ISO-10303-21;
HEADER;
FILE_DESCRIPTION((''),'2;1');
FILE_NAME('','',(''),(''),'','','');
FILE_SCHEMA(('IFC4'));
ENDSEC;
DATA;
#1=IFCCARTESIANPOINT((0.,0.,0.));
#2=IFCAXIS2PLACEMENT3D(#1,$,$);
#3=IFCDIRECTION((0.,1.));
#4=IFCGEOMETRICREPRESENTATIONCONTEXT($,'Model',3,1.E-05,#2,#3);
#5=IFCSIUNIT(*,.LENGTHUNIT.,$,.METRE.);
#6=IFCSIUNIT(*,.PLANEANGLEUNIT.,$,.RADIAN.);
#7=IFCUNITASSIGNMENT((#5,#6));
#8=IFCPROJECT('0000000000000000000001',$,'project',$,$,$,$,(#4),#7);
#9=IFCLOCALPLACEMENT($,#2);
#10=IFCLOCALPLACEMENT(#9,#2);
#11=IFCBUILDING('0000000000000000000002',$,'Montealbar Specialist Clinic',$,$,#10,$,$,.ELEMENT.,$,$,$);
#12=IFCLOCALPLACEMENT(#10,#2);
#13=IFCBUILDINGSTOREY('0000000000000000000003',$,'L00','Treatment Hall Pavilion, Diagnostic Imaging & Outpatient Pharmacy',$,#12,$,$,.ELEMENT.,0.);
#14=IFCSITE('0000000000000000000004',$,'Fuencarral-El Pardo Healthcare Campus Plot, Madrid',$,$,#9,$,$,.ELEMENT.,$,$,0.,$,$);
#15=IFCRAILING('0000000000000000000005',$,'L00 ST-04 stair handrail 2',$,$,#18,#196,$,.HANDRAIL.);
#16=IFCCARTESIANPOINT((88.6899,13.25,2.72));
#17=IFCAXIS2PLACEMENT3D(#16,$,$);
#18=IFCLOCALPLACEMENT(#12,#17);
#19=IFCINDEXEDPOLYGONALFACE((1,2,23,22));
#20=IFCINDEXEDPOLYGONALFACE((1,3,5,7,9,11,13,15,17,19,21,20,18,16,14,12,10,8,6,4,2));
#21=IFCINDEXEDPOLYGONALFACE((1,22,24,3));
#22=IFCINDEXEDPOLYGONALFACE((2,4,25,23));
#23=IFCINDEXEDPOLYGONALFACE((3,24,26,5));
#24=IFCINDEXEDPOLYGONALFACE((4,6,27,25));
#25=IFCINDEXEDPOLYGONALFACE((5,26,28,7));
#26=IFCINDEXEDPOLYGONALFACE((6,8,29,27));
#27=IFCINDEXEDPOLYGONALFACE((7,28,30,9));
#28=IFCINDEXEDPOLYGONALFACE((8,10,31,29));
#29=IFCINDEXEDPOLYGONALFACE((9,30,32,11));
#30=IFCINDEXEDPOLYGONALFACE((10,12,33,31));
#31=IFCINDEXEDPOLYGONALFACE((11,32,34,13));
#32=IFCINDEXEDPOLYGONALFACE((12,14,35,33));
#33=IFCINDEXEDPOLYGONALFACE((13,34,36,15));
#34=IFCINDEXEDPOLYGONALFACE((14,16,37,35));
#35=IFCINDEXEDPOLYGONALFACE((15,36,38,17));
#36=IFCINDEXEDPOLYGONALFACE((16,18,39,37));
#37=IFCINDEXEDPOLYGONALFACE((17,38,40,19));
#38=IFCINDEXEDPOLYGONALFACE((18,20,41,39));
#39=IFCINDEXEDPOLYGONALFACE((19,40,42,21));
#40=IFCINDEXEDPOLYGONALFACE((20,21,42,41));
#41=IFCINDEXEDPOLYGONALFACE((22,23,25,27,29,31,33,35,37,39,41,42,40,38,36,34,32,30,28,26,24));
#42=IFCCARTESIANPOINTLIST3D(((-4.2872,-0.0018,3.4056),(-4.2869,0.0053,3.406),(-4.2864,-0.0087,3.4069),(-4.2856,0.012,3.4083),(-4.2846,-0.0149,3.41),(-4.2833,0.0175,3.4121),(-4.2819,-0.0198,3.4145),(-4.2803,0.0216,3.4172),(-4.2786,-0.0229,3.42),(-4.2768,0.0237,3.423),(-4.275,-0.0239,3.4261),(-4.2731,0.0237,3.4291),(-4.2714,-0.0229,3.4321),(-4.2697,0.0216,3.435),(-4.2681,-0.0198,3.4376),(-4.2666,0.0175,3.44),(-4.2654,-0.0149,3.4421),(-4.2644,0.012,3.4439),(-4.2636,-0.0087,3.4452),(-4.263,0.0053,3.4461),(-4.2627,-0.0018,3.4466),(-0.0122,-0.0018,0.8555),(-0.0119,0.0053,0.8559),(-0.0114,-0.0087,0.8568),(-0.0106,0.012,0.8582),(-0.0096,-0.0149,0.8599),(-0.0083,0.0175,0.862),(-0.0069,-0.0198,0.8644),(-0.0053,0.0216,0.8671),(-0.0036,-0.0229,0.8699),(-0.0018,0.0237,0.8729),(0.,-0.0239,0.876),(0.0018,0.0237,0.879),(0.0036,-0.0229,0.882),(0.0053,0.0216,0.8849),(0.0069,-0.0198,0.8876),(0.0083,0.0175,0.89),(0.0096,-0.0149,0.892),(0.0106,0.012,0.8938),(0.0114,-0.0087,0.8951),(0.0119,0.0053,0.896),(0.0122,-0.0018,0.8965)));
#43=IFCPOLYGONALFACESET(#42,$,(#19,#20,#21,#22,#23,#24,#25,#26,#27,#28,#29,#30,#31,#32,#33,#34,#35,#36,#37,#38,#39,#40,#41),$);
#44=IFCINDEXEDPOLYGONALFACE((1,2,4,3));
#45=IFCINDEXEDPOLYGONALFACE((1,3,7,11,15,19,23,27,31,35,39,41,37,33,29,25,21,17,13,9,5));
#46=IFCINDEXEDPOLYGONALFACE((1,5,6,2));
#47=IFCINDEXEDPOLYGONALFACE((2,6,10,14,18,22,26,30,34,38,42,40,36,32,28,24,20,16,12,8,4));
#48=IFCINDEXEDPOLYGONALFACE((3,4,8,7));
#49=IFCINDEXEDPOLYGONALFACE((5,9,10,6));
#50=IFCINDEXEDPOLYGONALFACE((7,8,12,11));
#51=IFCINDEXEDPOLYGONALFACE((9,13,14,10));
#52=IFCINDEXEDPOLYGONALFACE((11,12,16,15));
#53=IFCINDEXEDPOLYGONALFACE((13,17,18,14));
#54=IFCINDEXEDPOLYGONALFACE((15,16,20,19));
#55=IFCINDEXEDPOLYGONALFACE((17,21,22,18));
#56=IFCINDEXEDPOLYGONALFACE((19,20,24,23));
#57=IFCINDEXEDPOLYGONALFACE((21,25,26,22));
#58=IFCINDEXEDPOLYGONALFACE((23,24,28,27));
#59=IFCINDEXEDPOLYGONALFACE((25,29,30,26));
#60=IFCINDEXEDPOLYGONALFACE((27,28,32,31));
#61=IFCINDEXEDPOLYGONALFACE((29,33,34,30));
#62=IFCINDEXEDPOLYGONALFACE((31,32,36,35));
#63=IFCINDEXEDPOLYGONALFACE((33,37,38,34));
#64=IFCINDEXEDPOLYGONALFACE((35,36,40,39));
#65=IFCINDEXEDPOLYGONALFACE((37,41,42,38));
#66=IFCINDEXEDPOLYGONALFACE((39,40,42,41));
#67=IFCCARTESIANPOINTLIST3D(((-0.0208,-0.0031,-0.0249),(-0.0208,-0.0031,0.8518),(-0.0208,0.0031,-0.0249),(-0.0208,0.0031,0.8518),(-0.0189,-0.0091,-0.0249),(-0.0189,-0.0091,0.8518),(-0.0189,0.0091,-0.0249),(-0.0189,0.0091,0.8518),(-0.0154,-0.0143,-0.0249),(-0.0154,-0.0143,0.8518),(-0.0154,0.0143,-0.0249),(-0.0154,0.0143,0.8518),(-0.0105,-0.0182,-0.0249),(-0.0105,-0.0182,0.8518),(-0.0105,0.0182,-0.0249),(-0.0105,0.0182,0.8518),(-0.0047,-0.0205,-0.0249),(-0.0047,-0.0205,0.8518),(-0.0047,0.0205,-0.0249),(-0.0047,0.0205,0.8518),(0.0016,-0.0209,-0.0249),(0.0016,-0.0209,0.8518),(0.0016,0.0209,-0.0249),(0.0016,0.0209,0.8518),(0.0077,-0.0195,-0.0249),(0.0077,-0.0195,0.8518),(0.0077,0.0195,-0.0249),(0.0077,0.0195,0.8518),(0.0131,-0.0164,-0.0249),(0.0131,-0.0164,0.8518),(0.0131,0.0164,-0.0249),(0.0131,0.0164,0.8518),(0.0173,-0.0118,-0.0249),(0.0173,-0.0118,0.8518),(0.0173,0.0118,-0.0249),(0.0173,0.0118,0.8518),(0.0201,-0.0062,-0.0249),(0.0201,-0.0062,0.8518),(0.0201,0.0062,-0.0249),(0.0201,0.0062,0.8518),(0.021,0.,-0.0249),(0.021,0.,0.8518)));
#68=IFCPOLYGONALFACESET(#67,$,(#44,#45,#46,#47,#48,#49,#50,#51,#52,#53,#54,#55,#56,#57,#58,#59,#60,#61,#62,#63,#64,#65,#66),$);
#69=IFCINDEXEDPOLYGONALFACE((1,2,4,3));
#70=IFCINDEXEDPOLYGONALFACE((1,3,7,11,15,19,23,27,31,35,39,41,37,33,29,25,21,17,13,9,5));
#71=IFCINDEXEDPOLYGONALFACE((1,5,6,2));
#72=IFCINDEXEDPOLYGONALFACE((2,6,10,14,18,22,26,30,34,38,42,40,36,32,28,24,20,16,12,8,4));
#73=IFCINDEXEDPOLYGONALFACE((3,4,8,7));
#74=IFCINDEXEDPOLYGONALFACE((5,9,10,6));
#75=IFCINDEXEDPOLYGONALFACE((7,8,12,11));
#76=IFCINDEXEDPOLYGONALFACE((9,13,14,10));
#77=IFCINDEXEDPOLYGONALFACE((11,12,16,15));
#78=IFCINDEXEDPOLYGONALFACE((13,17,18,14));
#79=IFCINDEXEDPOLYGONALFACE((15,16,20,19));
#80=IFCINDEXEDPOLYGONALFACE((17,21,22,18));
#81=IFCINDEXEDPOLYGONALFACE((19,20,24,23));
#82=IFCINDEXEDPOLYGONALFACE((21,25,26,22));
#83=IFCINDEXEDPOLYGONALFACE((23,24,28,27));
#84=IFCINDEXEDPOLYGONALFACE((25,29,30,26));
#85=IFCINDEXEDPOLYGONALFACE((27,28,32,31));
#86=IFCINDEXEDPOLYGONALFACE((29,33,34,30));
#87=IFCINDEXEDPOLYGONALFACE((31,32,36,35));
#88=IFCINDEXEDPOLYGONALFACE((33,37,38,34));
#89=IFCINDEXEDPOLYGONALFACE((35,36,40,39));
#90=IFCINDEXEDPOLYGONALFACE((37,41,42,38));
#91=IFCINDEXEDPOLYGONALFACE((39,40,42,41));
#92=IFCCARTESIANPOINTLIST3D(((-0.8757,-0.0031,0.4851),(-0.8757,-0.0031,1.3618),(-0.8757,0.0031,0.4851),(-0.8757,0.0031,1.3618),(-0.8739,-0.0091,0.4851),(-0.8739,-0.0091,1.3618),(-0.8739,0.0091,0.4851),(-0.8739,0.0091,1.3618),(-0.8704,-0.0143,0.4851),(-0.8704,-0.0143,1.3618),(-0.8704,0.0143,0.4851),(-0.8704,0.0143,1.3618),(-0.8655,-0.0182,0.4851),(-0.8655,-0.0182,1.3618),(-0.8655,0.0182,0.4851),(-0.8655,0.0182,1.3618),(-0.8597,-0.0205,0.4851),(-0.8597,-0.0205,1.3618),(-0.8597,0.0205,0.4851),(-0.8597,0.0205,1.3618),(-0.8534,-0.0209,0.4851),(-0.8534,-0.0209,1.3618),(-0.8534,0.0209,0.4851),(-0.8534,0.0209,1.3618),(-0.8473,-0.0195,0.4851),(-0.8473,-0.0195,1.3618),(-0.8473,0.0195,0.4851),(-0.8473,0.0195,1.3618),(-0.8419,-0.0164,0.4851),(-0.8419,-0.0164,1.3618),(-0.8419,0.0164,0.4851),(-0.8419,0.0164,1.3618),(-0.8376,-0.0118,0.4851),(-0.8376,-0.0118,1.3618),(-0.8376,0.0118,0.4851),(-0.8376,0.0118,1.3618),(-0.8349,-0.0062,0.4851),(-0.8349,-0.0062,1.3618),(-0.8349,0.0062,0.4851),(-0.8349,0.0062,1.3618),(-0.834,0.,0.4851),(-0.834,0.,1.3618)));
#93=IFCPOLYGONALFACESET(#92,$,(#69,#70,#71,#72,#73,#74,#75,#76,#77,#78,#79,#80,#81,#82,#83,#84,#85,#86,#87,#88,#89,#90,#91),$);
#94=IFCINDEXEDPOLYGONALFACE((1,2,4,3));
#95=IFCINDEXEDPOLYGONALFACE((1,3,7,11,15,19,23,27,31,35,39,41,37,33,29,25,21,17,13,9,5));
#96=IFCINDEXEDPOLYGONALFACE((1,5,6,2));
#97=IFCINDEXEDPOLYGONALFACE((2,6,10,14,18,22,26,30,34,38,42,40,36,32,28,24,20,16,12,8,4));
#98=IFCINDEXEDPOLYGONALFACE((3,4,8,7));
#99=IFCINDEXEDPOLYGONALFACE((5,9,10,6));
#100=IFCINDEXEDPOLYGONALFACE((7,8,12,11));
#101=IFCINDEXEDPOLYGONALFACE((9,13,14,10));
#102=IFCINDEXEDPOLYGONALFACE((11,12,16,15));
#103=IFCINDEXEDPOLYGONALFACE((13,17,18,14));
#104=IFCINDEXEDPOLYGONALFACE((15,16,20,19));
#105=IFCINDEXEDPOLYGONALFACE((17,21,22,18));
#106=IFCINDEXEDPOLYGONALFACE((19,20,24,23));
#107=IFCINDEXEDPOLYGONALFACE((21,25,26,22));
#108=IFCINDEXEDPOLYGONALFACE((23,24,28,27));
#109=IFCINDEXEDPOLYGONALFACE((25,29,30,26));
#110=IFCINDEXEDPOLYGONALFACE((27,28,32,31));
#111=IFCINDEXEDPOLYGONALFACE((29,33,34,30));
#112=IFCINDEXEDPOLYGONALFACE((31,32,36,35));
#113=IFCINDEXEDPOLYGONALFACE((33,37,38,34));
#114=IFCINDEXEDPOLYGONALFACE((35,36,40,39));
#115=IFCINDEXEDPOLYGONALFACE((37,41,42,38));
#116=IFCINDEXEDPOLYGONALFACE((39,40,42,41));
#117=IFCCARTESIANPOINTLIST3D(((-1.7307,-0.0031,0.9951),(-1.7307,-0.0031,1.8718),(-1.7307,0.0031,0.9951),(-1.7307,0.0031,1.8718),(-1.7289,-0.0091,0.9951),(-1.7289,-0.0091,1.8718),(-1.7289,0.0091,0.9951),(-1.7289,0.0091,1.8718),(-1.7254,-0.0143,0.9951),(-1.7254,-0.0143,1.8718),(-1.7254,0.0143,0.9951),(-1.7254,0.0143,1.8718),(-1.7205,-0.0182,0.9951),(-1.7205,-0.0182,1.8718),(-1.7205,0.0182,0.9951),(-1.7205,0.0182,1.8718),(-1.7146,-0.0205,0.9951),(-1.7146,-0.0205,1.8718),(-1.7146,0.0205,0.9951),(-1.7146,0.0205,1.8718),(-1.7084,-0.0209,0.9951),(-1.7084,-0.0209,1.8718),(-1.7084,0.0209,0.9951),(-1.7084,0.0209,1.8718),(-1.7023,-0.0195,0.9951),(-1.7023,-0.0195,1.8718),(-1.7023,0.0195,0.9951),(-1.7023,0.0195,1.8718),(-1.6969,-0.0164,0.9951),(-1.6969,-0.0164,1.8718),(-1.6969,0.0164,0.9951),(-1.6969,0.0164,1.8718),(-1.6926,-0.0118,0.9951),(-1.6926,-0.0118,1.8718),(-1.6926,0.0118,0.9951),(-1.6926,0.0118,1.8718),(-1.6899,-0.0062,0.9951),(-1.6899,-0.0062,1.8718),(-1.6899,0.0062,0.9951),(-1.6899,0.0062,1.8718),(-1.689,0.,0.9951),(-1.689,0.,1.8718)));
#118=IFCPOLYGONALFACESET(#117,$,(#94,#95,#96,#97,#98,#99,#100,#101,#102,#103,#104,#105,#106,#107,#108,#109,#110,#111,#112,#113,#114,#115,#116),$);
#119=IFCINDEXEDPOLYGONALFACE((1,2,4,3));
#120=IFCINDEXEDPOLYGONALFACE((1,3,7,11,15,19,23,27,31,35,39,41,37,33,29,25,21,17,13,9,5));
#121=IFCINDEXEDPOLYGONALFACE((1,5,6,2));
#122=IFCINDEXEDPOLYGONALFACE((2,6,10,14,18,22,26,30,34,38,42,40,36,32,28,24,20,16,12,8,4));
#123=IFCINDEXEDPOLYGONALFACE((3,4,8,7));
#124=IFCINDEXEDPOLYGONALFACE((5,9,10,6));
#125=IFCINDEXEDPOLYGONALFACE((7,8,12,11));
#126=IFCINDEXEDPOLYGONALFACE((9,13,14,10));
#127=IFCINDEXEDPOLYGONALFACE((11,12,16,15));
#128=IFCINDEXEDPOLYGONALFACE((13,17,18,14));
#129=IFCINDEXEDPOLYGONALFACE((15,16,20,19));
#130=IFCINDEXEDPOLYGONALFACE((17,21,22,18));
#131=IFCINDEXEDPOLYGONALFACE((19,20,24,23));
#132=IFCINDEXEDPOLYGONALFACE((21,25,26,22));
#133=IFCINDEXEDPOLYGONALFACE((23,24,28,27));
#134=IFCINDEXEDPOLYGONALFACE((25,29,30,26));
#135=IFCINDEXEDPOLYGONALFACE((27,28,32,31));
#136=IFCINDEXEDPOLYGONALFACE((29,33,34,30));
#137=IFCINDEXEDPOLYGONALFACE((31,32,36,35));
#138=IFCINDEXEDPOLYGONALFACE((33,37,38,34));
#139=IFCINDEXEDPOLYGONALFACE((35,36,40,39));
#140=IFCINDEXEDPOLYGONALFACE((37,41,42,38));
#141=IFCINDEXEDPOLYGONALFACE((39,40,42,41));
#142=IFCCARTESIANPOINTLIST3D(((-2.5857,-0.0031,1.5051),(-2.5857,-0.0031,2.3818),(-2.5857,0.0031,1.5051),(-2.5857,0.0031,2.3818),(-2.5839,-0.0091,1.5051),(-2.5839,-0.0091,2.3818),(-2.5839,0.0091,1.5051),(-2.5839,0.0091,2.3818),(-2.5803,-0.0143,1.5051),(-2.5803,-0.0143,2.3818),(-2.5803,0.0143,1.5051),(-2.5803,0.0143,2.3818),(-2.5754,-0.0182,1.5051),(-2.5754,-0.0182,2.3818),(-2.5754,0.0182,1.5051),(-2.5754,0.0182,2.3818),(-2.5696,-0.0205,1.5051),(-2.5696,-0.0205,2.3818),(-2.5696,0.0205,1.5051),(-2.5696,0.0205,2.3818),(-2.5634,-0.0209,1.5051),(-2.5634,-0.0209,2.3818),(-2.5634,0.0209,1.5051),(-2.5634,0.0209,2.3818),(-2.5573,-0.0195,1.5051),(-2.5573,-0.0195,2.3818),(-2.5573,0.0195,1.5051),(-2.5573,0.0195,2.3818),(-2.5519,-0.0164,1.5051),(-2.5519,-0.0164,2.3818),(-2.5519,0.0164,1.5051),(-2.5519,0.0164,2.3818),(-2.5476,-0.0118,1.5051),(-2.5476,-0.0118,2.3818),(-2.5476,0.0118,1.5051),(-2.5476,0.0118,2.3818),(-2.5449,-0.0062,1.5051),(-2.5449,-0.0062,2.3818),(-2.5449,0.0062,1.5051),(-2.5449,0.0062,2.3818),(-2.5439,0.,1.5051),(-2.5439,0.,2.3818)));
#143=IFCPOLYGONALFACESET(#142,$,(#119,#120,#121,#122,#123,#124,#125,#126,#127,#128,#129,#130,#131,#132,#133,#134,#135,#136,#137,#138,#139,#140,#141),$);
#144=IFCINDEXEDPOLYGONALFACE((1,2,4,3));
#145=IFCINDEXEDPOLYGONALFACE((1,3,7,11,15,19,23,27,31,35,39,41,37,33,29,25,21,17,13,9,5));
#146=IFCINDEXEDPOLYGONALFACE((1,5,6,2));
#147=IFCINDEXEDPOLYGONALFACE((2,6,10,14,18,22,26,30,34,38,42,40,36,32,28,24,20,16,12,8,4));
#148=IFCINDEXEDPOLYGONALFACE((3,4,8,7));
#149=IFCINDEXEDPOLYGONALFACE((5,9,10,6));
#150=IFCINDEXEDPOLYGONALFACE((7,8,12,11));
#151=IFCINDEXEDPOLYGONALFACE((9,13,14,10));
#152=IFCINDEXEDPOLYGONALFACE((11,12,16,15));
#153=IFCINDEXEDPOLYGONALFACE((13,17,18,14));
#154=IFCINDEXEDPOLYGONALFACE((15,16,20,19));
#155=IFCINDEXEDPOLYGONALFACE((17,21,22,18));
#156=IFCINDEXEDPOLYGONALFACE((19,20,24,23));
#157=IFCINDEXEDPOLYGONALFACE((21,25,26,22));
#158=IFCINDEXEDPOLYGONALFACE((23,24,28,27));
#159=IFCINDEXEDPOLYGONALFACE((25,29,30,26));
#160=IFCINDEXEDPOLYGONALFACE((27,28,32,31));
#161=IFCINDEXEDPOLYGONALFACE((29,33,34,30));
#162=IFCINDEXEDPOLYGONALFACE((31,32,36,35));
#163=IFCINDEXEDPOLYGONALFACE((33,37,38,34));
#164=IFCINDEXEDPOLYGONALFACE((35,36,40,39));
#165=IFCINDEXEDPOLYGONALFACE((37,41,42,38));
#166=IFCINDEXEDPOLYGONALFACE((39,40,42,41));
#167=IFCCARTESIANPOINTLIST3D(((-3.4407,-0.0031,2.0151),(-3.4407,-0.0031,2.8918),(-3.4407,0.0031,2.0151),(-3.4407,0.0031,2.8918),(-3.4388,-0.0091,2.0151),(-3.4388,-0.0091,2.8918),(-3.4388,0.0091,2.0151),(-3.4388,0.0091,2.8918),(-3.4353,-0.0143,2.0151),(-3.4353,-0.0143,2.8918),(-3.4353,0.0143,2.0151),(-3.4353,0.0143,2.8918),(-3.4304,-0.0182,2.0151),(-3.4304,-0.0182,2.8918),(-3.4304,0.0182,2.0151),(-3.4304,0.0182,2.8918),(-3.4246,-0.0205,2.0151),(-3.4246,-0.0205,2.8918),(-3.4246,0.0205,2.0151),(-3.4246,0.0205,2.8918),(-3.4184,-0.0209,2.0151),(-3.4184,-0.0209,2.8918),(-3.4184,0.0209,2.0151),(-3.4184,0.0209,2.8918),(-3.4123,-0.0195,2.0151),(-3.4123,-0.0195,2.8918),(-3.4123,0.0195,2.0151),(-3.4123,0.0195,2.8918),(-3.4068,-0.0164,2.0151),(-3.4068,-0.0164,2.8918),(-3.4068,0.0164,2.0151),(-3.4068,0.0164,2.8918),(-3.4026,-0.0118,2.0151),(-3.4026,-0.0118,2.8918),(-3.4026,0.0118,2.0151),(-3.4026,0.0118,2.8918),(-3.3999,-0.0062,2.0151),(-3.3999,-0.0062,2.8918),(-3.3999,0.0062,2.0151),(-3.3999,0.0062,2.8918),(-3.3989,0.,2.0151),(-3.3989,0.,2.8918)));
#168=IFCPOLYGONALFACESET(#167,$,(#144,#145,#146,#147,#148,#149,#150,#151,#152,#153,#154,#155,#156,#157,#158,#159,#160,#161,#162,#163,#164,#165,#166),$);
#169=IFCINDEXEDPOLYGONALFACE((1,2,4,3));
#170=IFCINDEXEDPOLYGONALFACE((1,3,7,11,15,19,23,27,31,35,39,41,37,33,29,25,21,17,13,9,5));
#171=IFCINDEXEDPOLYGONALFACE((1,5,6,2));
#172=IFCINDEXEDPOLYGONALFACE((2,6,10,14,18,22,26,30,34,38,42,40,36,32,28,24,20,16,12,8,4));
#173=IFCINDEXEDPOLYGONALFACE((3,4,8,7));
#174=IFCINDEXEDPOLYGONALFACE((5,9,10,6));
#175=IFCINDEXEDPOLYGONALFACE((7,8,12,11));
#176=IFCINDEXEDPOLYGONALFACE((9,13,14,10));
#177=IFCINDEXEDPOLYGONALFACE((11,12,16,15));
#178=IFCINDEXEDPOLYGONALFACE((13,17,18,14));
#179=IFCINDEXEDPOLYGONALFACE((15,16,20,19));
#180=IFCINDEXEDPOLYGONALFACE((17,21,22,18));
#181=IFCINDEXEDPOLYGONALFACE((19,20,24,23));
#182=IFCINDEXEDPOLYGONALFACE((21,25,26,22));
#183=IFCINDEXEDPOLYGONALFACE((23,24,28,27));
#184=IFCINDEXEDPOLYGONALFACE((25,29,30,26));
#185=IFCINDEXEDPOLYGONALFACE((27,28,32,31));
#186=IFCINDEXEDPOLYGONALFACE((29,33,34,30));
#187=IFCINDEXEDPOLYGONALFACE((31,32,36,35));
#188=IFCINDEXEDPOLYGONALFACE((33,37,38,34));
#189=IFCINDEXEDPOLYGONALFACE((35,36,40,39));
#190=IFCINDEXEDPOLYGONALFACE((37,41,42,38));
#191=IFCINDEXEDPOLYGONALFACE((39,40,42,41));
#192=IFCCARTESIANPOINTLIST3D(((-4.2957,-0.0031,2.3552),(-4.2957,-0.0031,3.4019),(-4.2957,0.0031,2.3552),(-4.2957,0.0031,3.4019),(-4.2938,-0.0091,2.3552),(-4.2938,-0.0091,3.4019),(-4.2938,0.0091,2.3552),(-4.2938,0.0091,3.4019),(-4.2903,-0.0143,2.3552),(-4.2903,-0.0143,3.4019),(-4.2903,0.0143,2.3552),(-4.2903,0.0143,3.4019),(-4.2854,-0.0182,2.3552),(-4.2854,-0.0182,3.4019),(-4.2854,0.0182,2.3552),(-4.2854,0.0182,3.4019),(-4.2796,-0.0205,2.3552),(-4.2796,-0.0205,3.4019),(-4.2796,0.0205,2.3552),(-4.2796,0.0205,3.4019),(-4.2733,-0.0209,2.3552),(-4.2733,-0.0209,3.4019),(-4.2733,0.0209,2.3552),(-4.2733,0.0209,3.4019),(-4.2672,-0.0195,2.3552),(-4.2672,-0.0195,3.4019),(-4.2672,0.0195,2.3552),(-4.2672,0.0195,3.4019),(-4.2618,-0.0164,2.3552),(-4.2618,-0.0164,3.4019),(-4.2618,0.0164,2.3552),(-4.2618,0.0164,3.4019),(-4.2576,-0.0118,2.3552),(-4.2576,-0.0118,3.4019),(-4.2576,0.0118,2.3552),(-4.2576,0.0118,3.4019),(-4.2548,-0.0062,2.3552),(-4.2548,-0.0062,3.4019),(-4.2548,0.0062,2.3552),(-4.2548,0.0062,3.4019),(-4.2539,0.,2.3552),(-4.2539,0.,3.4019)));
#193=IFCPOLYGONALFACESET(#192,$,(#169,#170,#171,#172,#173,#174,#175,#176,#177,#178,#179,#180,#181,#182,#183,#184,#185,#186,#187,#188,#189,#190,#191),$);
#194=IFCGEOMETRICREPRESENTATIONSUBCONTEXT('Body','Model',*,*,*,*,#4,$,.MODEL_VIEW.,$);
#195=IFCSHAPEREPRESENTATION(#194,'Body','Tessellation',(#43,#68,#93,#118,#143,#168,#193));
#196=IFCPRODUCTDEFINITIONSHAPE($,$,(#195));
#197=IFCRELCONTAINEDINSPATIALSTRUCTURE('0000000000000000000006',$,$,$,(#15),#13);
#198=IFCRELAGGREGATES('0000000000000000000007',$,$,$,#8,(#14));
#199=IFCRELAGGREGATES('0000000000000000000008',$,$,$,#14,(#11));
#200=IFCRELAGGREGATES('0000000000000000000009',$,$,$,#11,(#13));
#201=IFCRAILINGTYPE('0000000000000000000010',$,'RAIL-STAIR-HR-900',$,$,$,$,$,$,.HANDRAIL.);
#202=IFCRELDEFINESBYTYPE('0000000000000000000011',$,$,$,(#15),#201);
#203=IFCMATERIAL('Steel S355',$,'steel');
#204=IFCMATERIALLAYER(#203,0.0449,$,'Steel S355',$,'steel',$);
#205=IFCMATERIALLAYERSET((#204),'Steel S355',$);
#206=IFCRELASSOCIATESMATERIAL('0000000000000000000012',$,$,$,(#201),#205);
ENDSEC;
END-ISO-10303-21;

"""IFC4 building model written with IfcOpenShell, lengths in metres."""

from ifc_helpers import new_model, si_unit, direction, frame, origin, origin_2d, place, context, subcontext, project, spatial, circle, extrude, material, layer, layer_set, type_object, element, save


model = new_model("IFC4")

# Units and contexts
model_context = context("Model", 3, precision=1e-05, world=origin(), true_north=direction((0.0, 1.0)))
body_context = subcontext(model_context, "Body", "Model", "MODEL_VIEW")
ifc_project = project(units=[si_unit("LENGTHUNIT", "METRE"), si_unit("PLANEANGLEUNIT", "RADIAN")], contexts=[model_context])

# Site, building, storey
site_placement = place(None, origin())
site = spatial("IfcSite", under=ifc_project, at=site_placement, Name="Fuencarral-El Pardo Healthcare Campus Plot, Madrid", CompositionType="ELEMENT", RefElevation=0.0)
building_placement = place(site_placement, origin())
building = spatial("IfcBuilding", under=site, at=building_placement, Name="Montealbar Specialist Clinic", CompositionType="ELEMENT")
storey_placement = place(building_placement, origin())
storey = spatial("IfcBuildingStorey", under=building, at=storey_placement, Name="L00", Description="Treatment Hall Pavilion, Diagnostic Imaging & Outpatient Pharmacy", CompositionType="ELEMENT", Elevation=0.0)

# Shared definitions
ifc_material_1 = material(Name="Steel S355", Category="steel")

# Railing
ifc_layer_1 = layer(ifc_material_1, 0.0449, Name="Steel S355", Category="steel")
ifc_layer_set_1 = layer_set([ifc_layer_1], Name="Steel S355")
railing_type_1 = type_object("IfcRailingType", Name="RAIL-STAIR-HR-900", PredefinedType="HANDRAIL", material=ifc_layer_set_1)
railing_1_placement = place(storey_placement, frame((88.6899, 13.25, 2.72)))
element("IfcRailing", 1, at=railing_1_placement, inside=storey, type_object=railing_type_1, Name="L00 ST-04 stair handrail 2", PredefinedType="HANDRAIL", context=body_context, shape_type="SweptSolid", body=[
    extrude(circle(Radius=0.0239, at=origin_2d()), frame((0.0, 0.0, 0.876), z_axis=(-0.85881, 0.0, 0.512294), x_axis=(0.0, -1.0, 0.0)), (0.0, 0.0, 1.0), 4.9778),
    extrude(circle(Radius=0.021, at=origin_2d()), frame((0.0, 0.0, -0.0249)), (0.0, 0.0, 1.0), 0.8767),
    extrude(circle(Radius=0.021, at=origin_2d()), frame((-0.855, 0.0, 0.4851)), (0.0, 0.0, 1.0), 0.8767),
    extrude(circle(Radius=0.021, at=origin_2d()), frame((-1.71, 0.0, 0.9951)), (0.0, 0.0, 1.0), 0.8767),
    extrude(circle(Radius=0.021, at=origin_2d()), frame((-2.5649, 0.0, 1.5051)), (0.0, 0.0, 1.0), 0.8767),
    extrude(circle(Radius=0.021, at=origin_2d()), frame((-3.4199, 0.0, 2.0151)), (0.0, 0.0, 1.0), 0.8767),
    extrude(circle(Radius=0.021, at=origin_2d()), frame((-4.2749, 0.0, 2.3552)), (0.0, 0.0, 1.0), 1.0466),
])

save(model, "model.ifc")
